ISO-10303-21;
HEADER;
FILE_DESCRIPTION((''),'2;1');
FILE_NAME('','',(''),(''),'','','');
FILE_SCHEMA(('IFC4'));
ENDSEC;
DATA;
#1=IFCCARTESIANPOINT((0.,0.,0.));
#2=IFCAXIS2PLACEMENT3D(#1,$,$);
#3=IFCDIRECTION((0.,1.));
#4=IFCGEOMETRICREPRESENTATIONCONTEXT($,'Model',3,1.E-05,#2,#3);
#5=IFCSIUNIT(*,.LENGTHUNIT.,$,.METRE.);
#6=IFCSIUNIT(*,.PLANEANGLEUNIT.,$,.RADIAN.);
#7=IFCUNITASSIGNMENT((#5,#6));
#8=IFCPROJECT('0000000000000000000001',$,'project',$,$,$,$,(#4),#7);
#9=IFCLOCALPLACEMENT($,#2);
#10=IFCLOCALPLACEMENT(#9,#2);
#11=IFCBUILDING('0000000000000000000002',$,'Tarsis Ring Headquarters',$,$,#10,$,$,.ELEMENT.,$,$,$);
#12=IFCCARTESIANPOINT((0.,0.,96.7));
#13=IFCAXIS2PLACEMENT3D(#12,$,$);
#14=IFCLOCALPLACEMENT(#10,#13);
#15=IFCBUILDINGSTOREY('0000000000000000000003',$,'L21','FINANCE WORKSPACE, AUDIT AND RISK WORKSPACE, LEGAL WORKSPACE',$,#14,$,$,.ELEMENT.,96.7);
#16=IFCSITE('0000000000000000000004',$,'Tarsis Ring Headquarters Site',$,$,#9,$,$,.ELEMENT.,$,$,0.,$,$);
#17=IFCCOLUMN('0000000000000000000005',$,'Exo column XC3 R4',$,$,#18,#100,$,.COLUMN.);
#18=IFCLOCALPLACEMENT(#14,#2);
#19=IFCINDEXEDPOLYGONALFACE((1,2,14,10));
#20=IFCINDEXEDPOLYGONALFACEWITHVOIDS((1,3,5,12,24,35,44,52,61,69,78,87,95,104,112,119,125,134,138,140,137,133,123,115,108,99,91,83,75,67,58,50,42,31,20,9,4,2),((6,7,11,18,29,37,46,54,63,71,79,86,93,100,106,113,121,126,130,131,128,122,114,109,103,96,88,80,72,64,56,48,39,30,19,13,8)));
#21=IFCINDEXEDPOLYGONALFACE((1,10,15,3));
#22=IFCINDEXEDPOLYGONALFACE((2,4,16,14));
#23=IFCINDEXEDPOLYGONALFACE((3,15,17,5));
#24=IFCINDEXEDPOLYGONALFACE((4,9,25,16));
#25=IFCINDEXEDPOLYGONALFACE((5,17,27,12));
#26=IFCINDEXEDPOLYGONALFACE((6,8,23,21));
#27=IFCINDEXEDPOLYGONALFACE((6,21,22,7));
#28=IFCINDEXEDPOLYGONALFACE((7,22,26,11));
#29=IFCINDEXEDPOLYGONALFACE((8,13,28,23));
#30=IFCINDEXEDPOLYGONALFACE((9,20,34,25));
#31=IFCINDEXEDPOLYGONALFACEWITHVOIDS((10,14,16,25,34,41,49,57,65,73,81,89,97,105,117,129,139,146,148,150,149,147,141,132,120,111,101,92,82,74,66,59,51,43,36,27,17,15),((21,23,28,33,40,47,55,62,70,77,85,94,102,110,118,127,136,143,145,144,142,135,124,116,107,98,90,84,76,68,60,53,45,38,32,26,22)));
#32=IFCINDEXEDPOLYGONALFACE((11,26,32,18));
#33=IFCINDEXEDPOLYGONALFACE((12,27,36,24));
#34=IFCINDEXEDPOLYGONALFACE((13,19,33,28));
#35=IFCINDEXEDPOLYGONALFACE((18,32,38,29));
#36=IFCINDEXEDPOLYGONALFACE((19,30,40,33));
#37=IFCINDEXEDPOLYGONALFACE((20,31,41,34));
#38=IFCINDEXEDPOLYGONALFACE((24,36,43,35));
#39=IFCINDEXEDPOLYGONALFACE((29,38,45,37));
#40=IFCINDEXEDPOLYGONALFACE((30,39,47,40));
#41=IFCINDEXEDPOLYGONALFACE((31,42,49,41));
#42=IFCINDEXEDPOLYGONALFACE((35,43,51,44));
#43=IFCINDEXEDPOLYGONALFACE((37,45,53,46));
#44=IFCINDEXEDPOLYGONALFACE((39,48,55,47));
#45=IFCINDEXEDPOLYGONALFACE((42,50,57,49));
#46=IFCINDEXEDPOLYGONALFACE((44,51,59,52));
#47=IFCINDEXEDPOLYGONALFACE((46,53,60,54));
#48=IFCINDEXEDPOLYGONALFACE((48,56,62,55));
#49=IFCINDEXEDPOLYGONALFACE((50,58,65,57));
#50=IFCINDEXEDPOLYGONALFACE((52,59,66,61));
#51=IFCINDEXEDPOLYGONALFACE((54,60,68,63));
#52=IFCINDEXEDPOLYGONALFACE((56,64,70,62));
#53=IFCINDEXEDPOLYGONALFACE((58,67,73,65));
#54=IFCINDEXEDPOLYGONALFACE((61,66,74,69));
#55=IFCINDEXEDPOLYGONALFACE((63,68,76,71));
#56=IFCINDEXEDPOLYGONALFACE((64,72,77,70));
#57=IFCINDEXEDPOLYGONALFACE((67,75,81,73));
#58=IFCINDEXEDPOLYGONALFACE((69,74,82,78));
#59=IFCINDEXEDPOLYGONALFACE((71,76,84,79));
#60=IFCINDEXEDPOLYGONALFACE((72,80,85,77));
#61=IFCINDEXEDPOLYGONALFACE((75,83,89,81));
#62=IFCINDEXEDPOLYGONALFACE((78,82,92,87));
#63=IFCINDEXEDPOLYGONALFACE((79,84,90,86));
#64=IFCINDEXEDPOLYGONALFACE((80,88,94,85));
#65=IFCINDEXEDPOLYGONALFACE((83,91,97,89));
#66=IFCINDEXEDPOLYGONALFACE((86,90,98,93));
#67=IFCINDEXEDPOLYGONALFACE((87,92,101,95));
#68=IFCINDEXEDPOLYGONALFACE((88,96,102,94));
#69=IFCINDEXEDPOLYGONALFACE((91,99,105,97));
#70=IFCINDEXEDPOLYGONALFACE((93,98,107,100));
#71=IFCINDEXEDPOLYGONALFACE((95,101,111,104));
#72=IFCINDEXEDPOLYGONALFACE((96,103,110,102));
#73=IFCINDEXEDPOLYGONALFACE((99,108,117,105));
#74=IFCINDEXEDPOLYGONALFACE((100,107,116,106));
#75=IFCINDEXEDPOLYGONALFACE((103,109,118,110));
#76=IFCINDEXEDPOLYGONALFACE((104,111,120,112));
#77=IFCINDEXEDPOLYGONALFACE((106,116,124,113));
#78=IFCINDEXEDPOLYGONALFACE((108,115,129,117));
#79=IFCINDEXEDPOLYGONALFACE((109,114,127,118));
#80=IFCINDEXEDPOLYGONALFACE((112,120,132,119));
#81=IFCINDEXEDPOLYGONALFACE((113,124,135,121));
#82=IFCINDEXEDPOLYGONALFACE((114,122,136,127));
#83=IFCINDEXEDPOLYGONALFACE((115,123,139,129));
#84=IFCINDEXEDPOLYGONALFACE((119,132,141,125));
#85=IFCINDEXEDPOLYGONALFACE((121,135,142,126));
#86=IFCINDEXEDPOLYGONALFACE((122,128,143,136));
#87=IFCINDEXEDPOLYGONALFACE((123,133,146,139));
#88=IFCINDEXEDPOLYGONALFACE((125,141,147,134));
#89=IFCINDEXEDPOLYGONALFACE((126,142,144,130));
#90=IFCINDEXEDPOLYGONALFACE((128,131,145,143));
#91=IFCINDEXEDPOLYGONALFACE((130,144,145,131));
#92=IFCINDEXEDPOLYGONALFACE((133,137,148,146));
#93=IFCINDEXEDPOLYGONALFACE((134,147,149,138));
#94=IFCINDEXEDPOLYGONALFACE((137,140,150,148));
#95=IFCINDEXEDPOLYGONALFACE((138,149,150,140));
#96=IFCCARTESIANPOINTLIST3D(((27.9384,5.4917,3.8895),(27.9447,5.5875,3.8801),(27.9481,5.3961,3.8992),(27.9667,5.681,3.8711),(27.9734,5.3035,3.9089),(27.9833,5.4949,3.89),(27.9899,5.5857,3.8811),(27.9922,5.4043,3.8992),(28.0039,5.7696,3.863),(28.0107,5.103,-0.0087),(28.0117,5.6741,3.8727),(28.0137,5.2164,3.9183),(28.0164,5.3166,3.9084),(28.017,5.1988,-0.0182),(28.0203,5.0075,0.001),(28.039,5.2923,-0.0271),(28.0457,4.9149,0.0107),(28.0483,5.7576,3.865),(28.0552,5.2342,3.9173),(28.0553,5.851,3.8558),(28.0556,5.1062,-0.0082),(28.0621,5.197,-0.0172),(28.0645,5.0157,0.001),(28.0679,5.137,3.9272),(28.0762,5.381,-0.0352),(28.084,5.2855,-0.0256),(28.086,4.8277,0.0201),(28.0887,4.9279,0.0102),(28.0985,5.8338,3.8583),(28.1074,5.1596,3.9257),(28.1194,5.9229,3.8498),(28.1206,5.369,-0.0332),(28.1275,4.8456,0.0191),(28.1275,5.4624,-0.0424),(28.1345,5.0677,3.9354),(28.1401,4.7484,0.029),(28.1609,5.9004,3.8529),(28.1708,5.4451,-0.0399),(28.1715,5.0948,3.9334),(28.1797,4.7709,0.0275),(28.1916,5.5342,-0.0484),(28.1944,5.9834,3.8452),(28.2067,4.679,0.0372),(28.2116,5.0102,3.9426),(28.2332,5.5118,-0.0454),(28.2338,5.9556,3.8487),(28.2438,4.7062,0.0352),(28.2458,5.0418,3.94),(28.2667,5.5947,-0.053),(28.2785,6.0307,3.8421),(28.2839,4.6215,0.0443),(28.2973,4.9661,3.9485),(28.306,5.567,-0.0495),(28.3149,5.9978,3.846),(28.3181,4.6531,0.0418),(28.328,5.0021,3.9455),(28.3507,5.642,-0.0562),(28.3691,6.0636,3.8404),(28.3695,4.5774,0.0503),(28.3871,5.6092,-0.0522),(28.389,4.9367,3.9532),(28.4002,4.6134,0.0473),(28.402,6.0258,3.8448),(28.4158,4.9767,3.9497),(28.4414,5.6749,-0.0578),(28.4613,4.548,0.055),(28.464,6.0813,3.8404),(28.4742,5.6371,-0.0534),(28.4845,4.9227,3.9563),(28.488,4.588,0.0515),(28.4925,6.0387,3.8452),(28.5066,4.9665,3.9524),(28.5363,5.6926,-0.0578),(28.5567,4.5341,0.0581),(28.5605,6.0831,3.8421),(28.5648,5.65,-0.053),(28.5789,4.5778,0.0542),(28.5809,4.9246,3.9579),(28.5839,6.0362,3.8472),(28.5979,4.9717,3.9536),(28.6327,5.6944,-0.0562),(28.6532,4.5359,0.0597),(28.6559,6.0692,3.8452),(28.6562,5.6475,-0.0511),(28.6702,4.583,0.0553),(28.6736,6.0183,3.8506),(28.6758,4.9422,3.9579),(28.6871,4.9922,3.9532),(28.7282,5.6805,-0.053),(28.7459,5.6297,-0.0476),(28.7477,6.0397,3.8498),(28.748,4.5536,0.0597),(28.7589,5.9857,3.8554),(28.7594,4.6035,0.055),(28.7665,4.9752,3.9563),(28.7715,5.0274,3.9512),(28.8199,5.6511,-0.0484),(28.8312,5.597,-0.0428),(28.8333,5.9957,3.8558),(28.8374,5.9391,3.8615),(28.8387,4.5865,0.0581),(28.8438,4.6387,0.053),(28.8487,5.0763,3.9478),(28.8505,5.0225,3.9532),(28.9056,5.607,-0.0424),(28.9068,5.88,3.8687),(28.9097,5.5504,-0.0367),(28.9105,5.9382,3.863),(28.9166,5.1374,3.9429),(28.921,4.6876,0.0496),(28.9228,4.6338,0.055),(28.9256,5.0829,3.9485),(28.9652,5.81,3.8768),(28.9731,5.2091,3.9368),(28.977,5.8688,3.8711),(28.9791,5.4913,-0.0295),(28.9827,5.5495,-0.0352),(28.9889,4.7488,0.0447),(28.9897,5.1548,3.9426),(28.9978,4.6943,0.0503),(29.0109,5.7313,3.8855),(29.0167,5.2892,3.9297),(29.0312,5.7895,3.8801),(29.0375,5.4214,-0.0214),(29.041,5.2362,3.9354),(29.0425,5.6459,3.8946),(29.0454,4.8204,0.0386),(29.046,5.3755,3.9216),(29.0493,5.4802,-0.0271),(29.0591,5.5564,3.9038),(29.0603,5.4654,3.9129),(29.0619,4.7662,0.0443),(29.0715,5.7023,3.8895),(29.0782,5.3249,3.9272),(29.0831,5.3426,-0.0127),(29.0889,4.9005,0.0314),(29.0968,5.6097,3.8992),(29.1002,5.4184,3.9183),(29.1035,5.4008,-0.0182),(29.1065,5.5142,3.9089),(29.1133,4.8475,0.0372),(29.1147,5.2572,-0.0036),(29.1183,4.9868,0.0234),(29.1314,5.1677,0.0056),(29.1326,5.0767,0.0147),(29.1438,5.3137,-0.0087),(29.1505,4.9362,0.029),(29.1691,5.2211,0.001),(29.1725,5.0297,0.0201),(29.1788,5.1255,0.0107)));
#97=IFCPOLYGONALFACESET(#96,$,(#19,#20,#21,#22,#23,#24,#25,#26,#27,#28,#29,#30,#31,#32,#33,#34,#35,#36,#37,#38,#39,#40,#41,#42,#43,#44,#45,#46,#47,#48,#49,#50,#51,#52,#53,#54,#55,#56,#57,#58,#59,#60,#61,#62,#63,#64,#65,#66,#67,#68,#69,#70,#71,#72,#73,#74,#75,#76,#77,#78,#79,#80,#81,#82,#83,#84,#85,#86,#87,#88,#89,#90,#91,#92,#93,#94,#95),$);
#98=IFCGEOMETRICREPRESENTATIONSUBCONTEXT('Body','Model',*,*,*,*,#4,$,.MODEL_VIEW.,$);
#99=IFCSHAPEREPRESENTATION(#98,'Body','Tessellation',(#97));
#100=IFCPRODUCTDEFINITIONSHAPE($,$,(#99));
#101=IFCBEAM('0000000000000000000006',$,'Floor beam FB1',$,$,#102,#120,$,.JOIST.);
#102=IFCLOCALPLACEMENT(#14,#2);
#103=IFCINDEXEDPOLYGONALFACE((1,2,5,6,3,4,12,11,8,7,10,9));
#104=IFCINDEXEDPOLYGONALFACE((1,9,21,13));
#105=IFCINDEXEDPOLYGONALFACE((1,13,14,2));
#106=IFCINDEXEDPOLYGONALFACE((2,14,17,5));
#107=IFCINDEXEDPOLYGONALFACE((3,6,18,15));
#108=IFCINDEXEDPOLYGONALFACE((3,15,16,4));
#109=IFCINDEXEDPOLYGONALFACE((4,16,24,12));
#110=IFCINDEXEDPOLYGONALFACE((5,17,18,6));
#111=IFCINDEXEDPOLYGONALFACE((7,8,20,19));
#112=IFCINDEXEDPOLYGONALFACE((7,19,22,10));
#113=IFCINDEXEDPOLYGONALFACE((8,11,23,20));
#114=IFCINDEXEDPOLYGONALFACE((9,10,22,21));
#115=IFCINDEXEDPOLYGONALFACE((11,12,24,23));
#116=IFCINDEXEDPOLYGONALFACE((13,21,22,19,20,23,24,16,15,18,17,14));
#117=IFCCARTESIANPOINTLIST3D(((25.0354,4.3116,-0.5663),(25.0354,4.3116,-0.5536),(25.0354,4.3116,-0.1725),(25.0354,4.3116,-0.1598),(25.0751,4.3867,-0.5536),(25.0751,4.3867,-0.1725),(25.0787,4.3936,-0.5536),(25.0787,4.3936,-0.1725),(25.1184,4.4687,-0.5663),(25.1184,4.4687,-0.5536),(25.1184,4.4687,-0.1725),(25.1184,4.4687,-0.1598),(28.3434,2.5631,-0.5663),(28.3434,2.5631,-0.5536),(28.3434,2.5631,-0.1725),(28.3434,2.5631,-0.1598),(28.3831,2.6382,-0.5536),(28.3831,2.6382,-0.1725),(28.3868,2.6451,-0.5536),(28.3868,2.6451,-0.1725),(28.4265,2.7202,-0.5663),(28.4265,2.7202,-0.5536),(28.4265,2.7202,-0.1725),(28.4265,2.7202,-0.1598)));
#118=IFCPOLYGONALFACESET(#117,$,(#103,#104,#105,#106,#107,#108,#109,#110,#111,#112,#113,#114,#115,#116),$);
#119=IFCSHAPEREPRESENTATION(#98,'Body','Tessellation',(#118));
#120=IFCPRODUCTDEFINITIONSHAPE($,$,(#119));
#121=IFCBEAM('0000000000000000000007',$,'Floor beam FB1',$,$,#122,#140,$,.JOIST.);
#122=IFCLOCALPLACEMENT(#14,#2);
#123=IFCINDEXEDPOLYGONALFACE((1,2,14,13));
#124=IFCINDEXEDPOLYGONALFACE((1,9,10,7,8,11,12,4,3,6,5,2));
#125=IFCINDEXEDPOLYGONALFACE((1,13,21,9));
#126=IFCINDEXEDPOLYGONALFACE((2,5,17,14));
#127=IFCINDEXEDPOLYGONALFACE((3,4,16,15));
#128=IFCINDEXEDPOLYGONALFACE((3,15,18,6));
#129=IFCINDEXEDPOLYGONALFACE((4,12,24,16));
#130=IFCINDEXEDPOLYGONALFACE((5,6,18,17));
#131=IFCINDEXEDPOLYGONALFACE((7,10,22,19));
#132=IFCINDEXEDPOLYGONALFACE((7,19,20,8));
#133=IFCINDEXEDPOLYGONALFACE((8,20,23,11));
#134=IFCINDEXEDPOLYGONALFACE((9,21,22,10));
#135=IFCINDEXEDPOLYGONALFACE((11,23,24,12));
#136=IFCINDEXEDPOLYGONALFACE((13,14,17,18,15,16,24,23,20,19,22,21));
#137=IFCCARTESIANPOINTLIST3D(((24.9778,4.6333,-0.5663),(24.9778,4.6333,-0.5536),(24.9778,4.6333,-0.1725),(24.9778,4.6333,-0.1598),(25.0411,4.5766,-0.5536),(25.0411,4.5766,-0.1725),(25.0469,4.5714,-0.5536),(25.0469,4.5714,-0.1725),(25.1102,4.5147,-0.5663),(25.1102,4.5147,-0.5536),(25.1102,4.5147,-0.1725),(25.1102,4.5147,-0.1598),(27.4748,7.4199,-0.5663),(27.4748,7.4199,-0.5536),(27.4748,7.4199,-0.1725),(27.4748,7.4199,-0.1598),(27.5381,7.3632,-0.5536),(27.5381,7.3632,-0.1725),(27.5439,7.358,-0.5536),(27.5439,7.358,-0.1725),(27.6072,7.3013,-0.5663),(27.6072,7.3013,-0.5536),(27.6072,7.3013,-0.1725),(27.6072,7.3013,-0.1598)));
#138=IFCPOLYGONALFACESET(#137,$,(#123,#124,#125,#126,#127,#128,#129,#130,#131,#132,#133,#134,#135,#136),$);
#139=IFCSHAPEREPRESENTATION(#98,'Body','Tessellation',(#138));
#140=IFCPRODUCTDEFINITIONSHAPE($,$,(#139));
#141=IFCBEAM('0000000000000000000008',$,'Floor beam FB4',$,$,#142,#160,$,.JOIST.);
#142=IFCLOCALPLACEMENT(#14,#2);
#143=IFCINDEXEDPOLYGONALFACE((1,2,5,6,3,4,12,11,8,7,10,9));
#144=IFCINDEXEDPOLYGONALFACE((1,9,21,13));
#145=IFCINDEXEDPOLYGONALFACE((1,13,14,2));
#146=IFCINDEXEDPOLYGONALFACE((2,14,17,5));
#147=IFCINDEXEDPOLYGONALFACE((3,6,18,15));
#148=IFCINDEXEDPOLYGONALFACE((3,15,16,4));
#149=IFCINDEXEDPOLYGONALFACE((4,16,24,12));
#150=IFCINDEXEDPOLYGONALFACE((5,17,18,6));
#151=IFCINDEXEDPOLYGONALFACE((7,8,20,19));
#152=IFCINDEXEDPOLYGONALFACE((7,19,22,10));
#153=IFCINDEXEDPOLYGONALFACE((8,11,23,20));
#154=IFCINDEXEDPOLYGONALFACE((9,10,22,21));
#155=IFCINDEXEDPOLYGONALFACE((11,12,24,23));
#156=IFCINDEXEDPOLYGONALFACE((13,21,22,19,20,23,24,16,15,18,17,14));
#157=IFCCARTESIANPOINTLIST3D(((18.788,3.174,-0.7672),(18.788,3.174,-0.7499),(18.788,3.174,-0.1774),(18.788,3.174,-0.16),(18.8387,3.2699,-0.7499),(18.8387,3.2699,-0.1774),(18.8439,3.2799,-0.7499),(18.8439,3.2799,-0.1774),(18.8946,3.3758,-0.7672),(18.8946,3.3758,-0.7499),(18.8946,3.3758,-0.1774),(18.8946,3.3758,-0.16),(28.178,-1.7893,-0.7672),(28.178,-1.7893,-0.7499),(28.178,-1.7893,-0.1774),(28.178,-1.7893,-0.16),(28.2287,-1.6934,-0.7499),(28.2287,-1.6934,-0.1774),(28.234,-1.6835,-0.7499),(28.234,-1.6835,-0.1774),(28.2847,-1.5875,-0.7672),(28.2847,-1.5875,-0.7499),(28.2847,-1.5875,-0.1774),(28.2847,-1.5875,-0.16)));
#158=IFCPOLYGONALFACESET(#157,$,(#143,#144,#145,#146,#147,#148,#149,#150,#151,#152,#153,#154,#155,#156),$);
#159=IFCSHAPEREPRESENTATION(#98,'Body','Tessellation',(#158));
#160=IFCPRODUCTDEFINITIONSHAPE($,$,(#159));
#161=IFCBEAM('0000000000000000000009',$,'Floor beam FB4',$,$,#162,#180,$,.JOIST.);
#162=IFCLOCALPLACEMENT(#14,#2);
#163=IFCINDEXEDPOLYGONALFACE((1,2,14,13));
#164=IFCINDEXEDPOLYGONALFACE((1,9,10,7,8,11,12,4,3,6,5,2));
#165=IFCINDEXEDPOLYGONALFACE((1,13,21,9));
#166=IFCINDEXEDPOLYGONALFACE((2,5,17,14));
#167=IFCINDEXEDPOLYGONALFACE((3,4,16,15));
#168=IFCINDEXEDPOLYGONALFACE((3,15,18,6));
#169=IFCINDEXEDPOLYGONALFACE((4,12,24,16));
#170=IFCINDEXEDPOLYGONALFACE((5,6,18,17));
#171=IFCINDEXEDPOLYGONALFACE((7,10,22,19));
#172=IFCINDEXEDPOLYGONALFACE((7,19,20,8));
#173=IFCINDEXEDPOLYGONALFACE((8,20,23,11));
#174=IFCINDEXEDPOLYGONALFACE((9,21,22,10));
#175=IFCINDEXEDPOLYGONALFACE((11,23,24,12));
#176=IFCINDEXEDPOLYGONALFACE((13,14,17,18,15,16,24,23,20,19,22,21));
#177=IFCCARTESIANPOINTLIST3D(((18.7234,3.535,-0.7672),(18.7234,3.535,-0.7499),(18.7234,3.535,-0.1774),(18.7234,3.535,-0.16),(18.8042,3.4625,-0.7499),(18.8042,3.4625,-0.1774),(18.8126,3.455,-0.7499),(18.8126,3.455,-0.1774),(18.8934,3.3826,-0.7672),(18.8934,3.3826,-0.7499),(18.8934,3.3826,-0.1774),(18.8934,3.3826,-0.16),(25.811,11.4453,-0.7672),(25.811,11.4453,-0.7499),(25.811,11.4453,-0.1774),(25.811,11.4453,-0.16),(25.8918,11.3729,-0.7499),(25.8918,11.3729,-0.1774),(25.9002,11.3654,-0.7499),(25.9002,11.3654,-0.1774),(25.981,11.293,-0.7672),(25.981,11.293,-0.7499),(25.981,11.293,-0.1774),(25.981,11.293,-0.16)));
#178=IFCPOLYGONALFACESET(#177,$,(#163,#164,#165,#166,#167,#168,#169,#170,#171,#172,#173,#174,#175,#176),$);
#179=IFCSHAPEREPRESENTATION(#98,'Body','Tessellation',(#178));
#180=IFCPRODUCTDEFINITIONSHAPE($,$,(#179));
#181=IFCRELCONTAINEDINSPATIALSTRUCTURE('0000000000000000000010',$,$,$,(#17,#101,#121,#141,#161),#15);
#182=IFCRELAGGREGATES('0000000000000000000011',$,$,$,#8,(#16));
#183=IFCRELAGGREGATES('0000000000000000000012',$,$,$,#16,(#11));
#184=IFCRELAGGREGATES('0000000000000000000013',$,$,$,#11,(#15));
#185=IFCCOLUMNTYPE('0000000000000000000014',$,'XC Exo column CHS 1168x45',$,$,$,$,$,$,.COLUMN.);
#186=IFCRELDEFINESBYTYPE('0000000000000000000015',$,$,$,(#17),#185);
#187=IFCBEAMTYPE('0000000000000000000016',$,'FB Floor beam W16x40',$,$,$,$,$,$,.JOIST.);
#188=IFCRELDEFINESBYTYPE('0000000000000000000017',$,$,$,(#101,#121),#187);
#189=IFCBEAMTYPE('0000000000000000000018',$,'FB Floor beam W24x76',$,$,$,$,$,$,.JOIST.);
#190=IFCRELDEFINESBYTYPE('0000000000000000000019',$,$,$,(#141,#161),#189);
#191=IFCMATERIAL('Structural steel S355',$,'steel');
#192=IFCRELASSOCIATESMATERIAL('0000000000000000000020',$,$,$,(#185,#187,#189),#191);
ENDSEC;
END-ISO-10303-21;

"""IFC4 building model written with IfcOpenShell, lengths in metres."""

from ifc_helpers import new_model, si_unit, direction, frame, origin, origin_2d, place, context, subcontext, project, spatial, hollow_circle, i_section, extrude, material, material_profile, profile_set, type_object, element, save


model = new_model("IFC4")

# Units and contexts
model_context = context("Model", 3, precision=1e-05, world=origin(), true_north=direction((0.0, 1.0)))
body_context = subcontext(model_context, "Body", "Model", "MODEL_VIEW")
ifc_project = project(units=[si_unit("LENGTHUNIT", "METRE"), si_unit("PLANEANGLEUNIT", "RADIAN")], contexts=[model_context])

# Site, building, storey
site_placement = place(None, origin())
site = spatial("IfcSite", under=ifc_project, at=site_placement, Name="Tarsis Ring Headquarters Site", CompositionType="ELEMENT", RefElevation=0.0)
building_placement = place(site_placement, origin())
building = spatial("IfcBuilding", under=site, at=building_placement, Name="Tarsis Ring Headquarters", CompositionType="ELEMENT")
storey_placement = place(building_placement, frame((0.0, 0.0, 96.7)))
storey = spatial("IfcBuildingStorey", under=building, at=storey_placement, Name="L21", Description="FINANCE WORKSPACE, AUDIT AND RISK WORKSPACE, LEGAL WORKSPACE", CompositionType="ELEMENT", Elevation=96.7)

# Column
ifc_material_1 = material(Name="Structural steel S355", Category="steel")
ifc_material_profile_1 = material_profile(ifc_material_1, hollow_circle(Radius=0.5842, WallThickness=0.0449, at=origin_2d()), Name="CHS 1168x45")
ifc_profile_set_1 = profile_set([ifc_material_profile_1], Name="Structural steel S355")
column_type = type_object("IfcColumnType", Name="XC Exo column CHS 1168x45", PredefinedType="COLUMN", material=ifc_profile_set_1)
column_placement = place(storey_placement, frame((28.5947, 5.1143, 0.001), z_axis=(-0.018444, 0.099197, 0.994897), x_axis=(-0.983151, -0.182797, 0.0)))
element("IfcColumn", 1, at=column_placement, inside=storey, type_object=column_type, Name="Exo column XC3 R4", PredefinedType="COLUMN", context=body_context, shape_type="SweptSolid", body=[
    extrude(hollow_circle(Radius=0.5842, WallThickness=0.0449, at=origin_2d()), origin(), (0.0, 0.0, 1.0), 3.9182),
])

# Beams
ifc_material_profile_2 = material_profile(ifc_material_1, i_section(OverallWidth=0.1777, OverallDepth=0.4065, WebThickness=0.0078, FlangeThickness=0.0127, at=origin_2d()), Name="W16x40")
ifc_profile_set_2 = profile_set([ifc_material_profile_2], Name="Structural steel S355")
beam_type_1 = type_object("IfcBeamType", Name="FB Floor beam W16x40", PredefinedType="JOIST", material=ifc_profile_set_2)
for number, where, z_axis, x_axis, name in (
    (2, (25.0769, 4.3901, -0.363), (0.884099, -0.4673, 0.0), (0.4673, 0.884099, 0.0), "Floor beam FB1"),
    (3, (27.541, 7.3606, -0.363), (-0.667355, -0.744739, 0.0), (0.744739, -0.667355, 0.0), "Floor beam FB1"),
):
    element("IfcBeam", number, at=place(storey_placement, frame(where, z_axis=z_axis, x_axis=x_axis)), inside=storey, type_object=beam_type_1, Name=name, PredefinedType="JOIST", context=body_context, shape_type="SweptSolid", body=[
        extrude(i_section(OverallWidth=0.1777, OverallDepth=0.4065, WebThickness=0.0078, FlangeThickness=0.0127, at=origin_2d()), origin(), (0.0, 0.0, 1.0), 3.7417),
    ])
ifc_material_profile_3 = material_profile(ifc_material_1, i_section(OverallWidth=0.2283, OverallDepth=0.6072, WebThickness=0.0112, FlangeThickness=0.0173, at=origin_2d()), Name="W24x76")
ifc_profile_set_3 = profile_set([ifc_material_profile_3], Name="Structural steel S355")
beam_type_2 = type_object("IfcBeamType", Name="FB Floor beam W24x76", PredefinedType="JOIST", material=ifc_profile_set_3)
for number, where, z_axis, x_axis, name in (
    (4, (18.8413, 3.2749, -0.4636), (0.884094, -0.467309, 0.0), (0.467309, 0.884094, 0.0), "Floor beam FB4"),
    (5, (25.896, 11.3691, -0.4636), (-0.667313, -0.744777, 0.0), (0.744777, -0.667313, 0.0), "Floor beam FB4"),
):
    element("IfcBeam", number, at=place(storey_placement, frame(where, z_axis=z_axis, x_axis=x_axis)), inside=storey, type_object=beam_type_2, Name=name, PredefinedType="JOIST", context=body_context, shape_type="SweptSolid", body=[
        extrude(i_section(OverallWidth=0.2283, OverallDepth=0.6072, WebThickness=0.0112, FlangeThickness=0.0173, at=origin_2d()), origin(), (0.0, 0.0, 1.0), 10.6211),
    ])

save(model, "model.ifc")
